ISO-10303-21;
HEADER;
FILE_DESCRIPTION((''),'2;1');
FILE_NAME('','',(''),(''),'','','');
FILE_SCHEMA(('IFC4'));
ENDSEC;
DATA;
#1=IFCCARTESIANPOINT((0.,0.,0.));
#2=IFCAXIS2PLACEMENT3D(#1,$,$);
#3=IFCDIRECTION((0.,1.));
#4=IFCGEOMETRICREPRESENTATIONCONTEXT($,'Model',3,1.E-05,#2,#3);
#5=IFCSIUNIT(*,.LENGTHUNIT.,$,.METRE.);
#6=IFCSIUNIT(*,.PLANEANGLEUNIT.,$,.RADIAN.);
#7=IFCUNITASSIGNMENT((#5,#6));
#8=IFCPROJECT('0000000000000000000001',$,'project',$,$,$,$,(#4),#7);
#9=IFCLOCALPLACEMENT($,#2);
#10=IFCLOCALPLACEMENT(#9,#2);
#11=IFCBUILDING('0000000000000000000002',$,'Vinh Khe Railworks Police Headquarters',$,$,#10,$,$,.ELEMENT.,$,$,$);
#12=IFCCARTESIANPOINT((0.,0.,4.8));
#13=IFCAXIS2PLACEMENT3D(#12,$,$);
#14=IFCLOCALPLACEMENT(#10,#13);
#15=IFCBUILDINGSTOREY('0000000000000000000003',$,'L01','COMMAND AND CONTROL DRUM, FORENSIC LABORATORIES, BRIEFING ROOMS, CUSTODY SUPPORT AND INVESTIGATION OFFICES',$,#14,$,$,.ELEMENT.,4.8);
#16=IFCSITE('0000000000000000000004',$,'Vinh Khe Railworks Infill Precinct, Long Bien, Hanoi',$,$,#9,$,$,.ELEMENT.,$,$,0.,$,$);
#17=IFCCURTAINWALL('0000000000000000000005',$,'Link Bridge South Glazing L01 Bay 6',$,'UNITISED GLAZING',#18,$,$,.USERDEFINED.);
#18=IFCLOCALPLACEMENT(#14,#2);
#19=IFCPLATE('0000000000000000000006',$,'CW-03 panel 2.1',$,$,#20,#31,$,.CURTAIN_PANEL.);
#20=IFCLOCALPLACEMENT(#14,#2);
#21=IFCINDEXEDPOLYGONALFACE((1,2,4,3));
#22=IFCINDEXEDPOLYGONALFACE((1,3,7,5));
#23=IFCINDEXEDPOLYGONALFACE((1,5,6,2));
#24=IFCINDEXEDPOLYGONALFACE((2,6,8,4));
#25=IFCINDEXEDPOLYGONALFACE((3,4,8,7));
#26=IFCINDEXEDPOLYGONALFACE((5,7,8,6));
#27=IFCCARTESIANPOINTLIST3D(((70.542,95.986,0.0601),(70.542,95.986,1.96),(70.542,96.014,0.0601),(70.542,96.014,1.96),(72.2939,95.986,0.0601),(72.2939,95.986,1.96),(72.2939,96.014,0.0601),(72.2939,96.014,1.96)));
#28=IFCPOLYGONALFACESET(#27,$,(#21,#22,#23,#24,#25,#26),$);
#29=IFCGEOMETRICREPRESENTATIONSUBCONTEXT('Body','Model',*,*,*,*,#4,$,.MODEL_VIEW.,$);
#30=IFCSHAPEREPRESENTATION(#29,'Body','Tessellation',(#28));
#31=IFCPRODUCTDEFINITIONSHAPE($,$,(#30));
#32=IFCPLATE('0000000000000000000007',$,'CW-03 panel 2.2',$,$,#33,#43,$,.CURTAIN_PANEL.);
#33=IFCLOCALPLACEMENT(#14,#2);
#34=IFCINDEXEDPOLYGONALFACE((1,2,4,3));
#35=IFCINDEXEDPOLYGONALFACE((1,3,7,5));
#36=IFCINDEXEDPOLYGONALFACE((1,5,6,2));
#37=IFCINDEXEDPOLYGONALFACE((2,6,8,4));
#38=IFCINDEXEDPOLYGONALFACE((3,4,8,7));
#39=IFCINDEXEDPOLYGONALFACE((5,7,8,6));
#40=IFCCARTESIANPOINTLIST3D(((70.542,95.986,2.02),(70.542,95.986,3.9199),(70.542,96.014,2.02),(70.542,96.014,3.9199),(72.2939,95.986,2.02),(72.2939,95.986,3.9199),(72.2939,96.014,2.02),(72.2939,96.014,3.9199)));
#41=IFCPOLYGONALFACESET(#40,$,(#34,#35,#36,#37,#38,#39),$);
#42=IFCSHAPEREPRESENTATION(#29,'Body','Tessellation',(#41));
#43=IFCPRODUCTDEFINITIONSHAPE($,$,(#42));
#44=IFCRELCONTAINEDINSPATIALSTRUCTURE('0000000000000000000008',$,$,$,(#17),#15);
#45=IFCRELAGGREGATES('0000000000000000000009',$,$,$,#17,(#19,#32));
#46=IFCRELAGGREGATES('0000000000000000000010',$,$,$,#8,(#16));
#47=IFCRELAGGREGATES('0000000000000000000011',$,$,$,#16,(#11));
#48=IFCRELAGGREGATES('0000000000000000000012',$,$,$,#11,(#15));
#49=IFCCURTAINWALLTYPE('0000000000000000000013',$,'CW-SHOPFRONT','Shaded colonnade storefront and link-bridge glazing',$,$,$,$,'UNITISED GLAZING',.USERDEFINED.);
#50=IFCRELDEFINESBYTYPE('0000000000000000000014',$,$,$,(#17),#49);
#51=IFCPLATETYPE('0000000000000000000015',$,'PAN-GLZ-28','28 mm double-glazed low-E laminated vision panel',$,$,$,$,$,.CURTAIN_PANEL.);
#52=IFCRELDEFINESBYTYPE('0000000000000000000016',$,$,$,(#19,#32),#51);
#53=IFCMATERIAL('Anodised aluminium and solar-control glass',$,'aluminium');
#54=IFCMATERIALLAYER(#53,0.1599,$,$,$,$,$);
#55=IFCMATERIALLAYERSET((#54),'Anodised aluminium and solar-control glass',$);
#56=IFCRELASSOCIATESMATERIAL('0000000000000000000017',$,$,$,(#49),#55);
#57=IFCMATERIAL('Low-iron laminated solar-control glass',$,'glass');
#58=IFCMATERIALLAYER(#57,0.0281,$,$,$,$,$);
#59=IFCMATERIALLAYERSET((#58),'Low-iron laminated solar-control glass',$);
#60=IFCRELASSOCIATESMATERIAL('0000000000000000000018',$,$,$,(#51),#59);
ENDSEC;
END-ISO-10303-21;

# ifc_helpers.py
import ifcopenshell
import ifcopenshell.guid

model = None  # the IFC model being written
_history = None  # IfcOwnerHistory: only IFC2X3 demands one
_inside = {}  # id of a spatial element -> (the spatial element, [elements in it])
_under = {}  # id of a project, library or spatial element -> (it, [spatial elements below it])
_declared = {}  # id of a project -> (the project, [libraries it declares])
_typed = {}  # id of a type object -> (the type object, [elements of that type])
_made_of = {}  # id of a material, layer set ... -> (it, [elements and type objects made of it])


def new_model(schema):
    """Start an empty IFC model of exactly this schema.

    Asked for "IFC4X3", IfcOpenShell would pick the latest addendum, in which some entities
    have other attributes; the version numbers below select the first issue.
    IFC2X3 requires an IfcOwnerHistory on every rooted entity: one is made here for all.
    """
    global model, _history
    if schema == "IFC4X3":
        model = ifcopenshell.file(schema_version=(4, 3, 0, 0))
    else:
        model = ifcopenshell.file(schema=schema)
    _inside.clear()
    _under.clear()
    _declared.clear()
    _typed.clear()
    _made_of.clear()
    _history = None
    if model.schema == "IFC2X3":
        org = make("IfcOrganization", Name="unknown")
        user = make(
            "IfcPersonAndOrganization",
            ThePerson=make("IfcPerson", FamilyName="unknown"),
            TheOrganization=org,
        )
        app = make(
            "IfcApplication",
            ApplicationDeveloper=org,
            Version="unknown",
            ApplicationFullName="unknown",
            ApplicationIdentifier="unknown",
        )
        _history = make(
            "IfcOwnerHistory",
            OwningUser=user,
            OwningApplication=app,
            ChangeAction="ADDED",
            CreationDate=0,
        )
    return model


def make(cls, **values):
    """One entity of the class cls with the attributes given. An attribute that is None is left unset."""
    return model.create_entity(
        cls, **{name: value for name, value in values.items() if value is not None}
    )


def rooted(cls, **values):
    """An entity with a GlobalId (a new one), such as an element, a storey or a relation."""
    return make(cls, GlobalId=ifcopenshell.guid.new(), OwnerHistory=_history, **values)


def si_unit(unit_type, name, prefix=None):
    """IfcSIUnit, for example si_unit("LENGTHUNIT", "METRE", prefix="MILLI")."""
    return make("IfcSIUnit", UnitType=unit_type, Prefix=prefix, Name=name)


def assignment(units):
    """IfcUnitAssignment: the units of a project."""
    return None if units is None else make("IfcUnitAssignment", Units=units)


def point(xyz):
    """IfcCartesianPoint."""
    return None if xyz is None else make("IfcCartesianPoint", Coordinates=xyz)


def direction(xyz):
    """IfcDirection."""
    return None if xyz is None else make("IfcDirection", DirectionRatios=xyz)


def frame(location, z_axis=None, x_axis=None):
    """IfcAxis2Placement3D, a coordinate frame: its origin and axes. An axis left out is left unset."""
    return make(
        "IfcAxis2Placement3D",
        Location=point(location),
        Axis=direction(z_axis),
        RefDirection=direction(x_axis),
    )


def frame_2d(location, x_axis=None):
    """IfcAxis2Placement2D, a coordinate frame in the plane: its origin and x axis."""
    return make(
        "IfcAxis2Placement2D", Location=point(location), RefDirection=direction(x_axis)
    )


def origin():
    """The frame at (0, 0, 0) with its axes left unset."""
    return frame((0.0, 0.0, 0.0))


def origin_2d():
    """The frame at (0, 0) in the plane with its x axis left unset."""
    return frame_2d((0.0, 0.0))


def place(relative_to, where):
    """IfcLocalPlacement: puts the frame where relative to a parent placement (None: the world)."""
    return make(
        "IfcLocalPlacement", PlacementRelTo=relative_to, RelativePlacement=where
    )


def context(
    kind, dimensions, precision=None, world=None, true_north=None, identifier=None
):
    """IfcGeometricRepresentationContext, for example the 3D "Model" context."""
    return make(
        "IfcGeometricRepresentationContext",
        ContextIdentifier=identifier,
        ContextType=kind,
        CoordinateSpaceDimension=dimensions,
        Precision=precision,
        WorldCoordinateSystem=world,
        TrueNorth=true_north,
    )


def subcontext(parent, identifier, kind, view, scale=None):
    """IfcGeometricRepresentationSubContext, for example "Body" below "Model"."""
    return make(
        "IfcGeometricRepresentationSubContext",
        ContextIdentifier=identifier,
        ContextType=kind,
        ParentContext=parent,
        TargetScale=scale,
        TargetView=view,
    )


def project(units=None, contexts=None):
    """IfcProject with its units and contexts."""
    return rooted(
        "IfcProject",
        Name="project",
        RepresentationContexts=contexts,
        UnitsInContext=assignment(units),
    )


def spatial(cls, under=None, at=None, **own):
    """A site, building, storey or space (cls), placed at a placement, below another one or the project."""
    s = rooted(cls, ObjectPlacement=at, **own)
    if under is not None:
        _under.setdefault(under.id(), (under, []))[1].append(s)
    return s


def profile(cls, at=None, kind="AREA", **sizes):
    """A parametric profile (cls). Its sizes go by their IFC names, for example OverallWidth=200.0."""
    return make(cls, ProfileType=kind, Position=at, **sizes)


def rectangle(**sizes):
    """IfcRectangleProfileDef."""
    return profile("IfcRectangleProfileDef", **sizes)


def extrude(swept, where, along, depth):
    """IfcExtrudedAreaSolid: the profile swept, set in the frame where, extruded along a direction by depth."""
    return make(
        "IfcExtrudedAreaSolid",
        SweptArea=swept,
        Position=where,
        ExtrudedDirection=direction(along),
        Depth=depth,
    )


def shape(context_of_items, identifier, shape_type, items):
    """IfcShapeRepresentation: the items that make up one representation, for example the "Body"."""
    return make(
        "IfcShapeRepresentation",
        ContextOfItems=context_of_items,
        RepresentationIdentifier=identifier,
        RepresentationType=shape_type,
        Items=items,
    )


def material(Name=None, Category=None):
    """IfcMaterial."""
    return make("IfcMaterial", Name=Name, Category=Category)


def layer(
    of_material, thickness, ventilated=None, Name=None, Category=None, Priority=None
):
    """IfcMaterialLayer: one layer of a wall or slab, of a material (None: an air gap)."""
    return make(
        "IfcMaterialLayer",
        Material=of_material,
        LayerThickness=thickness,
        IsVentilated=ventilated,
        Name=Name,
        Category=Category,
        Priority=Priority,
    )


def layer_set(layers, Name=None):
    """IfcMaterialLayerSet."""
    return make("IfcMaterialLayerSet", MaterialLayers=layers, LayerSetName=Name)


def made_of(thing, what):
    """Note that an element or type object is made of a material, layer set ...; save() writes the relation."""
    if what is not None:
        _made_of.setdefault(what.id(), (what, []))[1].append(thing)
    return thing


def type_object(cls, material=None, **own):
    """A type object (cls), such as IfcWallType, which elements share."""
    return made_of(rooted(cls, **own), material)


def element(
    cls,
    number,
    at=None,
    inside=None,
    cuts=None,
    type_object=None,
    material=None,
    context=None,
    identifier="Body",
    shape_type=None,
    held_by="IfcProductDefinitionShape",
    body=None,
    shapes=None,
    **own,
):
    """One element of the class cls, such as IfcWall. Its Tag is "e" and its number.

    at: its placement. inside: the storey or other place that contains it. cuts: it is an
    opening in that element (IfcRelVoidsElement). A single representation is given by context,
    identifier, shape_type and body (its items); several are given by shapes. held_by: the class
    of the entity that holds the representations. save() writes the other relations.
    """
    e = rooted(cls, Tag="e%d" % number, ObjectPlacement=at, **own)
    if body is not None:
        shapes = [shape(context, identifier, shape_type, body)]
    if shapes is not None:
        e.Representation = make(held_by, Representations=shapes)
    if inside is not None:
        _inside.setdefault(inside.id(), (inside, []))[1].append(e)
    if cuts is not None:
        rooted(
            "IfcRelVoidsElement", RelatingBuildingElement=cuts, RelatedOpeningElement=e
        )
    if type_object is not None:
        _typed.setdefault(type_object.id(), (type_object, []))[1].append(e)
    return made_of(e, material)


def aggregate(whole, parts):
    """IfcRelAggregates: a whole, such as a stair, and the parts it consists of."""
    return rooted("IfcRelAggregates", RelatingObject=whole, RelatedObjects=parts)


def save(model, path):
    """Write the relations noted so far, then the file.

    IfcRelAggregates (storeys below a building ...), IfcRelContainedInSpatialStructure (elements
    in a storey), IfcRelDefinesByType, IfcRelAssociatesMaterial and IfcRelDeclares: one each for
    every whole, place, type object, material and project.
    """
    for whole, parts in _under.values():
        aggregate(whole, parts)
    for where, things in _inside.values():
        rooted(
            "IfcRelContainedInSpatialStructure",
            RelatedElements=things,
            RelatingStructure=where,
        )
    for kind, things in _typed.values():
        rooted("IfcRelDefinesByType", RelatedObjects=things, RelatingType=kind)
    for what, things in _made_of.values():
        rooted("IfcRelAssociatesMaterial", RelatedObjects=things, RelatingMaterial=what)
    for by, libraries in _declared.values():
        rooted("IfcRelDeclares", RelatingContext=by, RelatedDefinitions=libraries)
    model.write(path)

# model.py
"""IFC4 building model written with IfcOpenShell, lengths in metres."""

from ifc_helpers import new_model, si_unit, direction, frame, origin, origin_2d, place, context, subcontext, project, spatial, rectangle, extrude, material, layer, layer_set, type_object, element, aggregate, save


model = new_model("IFC4")

# Units and contexts
model_context = context("Model", 3, precision=1e-05, world=origin(), true_north=direction((0.0, 1.0)))
body_context = subcontext(model_context, "Body", "Model", "MODEL_VIEW")
ifc_project = project(units=[si_unit("LENGTHUNIT", "METRE"), si_unit("PLANEANGLEUNIT", "RADIAN")], contexts=[model_context])

# Site, building, storey
site_placement = place(None, origin())
site = spatial("IfcSite", under=ifc_project, at=site_placement, Name="Vinh Khe Railworks Infill Precinct, Long Bien, Hanoi", CompositionType="ELEMENT", RefElevation=0.0)
building_placement = place(site_placement, origin())
building = spatial("IfcBuilding", under=site, at=building_placement, Name="Vinh Khe Railworks Police Headquarters", CompositionType="ELEMENT")
storey_placement = place(building_placement, frame((0.0, 0.0, 4.8)))
storey = spatial("IfcBuildingStorey", under=building, at=storey_placement, Name="L01", Description="COMMAND AND CONTROL DRUM, FORENSIC LABORATORIES, BRIEFING ROOMS, CUSTODY SUPPORT AND INVESTIGATION OFFICES", CompositionType="ELEMENT", Elevation=4.8)

# Shared definitions
ifc_material_1 = material(Name="Anodised aluminium and solar-control glass", Category="aluminium")
ifc_layer_1 = layer(ifc_material_1, 0.1599)
ifc_layer_set_1 = layer_set([ifc_layer_1], Name="Anodised aluminium and solar-control glass")
curtain_wall_type = type_object("IfcCurtainWallType", Name="CW-SHOPFRONT", Description="Shaded colonnade storefront and link-bridge glazing", ElementType="UNITISED GLAZING", PredefinedType="USERDEFINED", material=ifc_layer_set_1)

# Curtain wall
curtain_wall_1_placement = place(storey_placement, origin())
curtain_wall_1 = element("IfcCurtainWall", 1, at=curtain_wall_1_placement, inside=storey, type_object=curtain_wall_type, Name="Link Bridge South Glazing L01 Bay 6", ObjectType="UNITISED GLAZING", PredefinedType="USERDEFINED")

# Plates
ifc_material_2 = material(Name="Low-iron laminated solar-control glass", Category="glass")
ifc_layer_2 = layer(ifc_material_2, 0.0281)
ifc_layer_set_2 = layer_set([ifc_layer_2], Name="Low-iron laminated solar-control glass")
plate_type = type_object("IfcPlateType", Name="PAN-GLZ-28", Description="28 mm double-glazed low-E laminated vision panel", PredefinedType="CURTAIN_PANEL", material=ifc_layer_set_2)
plate_1_placement = place(storey_placement, frame((71.418, 96.0, 0.0601), z_axis=(0.0, 0.0, 1.0), x_axis=(1.0, 0.0, 0.0)))
plate_1 = element("IfcPlate", 2, at=plate_1_placement, type_object=plate_type, Name="CW-03 panel 2.1", PredefinedType="CURTAIN_PANEL", context=body_context, shape_type="SweptSolid", body=[
    extrude(rectangle(XDim=1.752, YDim=0.0281, at=origin_2d()), origin(), (0.0, 0.0, 1.0), 1.8999),
])
plate_2_placement = place(storey_placement, frame((71.418, 96.0, 2.02), z_axis=(0.0, 0.0, 1.0), x_axis=(1.0, 0.0, 0.0)))
plate_2 = element("IfcPlate", 3, at=plate_2_placement, type_object=plate_type, Name="CW-03 panel 2.2", PredefinedType="CURTAIN_PANEL", context=body_context, shape_type="SweptSolid", body=[
    extrude(rectangle(XDim=1.752, YDim=0.0281, at=origin_2d()), origin(), (0.0, 0.0, 1.0), 1.8999),
])
aggregate(curtain_wall_1, [plate_1, plate_2])

save(model, "model.ifc")
